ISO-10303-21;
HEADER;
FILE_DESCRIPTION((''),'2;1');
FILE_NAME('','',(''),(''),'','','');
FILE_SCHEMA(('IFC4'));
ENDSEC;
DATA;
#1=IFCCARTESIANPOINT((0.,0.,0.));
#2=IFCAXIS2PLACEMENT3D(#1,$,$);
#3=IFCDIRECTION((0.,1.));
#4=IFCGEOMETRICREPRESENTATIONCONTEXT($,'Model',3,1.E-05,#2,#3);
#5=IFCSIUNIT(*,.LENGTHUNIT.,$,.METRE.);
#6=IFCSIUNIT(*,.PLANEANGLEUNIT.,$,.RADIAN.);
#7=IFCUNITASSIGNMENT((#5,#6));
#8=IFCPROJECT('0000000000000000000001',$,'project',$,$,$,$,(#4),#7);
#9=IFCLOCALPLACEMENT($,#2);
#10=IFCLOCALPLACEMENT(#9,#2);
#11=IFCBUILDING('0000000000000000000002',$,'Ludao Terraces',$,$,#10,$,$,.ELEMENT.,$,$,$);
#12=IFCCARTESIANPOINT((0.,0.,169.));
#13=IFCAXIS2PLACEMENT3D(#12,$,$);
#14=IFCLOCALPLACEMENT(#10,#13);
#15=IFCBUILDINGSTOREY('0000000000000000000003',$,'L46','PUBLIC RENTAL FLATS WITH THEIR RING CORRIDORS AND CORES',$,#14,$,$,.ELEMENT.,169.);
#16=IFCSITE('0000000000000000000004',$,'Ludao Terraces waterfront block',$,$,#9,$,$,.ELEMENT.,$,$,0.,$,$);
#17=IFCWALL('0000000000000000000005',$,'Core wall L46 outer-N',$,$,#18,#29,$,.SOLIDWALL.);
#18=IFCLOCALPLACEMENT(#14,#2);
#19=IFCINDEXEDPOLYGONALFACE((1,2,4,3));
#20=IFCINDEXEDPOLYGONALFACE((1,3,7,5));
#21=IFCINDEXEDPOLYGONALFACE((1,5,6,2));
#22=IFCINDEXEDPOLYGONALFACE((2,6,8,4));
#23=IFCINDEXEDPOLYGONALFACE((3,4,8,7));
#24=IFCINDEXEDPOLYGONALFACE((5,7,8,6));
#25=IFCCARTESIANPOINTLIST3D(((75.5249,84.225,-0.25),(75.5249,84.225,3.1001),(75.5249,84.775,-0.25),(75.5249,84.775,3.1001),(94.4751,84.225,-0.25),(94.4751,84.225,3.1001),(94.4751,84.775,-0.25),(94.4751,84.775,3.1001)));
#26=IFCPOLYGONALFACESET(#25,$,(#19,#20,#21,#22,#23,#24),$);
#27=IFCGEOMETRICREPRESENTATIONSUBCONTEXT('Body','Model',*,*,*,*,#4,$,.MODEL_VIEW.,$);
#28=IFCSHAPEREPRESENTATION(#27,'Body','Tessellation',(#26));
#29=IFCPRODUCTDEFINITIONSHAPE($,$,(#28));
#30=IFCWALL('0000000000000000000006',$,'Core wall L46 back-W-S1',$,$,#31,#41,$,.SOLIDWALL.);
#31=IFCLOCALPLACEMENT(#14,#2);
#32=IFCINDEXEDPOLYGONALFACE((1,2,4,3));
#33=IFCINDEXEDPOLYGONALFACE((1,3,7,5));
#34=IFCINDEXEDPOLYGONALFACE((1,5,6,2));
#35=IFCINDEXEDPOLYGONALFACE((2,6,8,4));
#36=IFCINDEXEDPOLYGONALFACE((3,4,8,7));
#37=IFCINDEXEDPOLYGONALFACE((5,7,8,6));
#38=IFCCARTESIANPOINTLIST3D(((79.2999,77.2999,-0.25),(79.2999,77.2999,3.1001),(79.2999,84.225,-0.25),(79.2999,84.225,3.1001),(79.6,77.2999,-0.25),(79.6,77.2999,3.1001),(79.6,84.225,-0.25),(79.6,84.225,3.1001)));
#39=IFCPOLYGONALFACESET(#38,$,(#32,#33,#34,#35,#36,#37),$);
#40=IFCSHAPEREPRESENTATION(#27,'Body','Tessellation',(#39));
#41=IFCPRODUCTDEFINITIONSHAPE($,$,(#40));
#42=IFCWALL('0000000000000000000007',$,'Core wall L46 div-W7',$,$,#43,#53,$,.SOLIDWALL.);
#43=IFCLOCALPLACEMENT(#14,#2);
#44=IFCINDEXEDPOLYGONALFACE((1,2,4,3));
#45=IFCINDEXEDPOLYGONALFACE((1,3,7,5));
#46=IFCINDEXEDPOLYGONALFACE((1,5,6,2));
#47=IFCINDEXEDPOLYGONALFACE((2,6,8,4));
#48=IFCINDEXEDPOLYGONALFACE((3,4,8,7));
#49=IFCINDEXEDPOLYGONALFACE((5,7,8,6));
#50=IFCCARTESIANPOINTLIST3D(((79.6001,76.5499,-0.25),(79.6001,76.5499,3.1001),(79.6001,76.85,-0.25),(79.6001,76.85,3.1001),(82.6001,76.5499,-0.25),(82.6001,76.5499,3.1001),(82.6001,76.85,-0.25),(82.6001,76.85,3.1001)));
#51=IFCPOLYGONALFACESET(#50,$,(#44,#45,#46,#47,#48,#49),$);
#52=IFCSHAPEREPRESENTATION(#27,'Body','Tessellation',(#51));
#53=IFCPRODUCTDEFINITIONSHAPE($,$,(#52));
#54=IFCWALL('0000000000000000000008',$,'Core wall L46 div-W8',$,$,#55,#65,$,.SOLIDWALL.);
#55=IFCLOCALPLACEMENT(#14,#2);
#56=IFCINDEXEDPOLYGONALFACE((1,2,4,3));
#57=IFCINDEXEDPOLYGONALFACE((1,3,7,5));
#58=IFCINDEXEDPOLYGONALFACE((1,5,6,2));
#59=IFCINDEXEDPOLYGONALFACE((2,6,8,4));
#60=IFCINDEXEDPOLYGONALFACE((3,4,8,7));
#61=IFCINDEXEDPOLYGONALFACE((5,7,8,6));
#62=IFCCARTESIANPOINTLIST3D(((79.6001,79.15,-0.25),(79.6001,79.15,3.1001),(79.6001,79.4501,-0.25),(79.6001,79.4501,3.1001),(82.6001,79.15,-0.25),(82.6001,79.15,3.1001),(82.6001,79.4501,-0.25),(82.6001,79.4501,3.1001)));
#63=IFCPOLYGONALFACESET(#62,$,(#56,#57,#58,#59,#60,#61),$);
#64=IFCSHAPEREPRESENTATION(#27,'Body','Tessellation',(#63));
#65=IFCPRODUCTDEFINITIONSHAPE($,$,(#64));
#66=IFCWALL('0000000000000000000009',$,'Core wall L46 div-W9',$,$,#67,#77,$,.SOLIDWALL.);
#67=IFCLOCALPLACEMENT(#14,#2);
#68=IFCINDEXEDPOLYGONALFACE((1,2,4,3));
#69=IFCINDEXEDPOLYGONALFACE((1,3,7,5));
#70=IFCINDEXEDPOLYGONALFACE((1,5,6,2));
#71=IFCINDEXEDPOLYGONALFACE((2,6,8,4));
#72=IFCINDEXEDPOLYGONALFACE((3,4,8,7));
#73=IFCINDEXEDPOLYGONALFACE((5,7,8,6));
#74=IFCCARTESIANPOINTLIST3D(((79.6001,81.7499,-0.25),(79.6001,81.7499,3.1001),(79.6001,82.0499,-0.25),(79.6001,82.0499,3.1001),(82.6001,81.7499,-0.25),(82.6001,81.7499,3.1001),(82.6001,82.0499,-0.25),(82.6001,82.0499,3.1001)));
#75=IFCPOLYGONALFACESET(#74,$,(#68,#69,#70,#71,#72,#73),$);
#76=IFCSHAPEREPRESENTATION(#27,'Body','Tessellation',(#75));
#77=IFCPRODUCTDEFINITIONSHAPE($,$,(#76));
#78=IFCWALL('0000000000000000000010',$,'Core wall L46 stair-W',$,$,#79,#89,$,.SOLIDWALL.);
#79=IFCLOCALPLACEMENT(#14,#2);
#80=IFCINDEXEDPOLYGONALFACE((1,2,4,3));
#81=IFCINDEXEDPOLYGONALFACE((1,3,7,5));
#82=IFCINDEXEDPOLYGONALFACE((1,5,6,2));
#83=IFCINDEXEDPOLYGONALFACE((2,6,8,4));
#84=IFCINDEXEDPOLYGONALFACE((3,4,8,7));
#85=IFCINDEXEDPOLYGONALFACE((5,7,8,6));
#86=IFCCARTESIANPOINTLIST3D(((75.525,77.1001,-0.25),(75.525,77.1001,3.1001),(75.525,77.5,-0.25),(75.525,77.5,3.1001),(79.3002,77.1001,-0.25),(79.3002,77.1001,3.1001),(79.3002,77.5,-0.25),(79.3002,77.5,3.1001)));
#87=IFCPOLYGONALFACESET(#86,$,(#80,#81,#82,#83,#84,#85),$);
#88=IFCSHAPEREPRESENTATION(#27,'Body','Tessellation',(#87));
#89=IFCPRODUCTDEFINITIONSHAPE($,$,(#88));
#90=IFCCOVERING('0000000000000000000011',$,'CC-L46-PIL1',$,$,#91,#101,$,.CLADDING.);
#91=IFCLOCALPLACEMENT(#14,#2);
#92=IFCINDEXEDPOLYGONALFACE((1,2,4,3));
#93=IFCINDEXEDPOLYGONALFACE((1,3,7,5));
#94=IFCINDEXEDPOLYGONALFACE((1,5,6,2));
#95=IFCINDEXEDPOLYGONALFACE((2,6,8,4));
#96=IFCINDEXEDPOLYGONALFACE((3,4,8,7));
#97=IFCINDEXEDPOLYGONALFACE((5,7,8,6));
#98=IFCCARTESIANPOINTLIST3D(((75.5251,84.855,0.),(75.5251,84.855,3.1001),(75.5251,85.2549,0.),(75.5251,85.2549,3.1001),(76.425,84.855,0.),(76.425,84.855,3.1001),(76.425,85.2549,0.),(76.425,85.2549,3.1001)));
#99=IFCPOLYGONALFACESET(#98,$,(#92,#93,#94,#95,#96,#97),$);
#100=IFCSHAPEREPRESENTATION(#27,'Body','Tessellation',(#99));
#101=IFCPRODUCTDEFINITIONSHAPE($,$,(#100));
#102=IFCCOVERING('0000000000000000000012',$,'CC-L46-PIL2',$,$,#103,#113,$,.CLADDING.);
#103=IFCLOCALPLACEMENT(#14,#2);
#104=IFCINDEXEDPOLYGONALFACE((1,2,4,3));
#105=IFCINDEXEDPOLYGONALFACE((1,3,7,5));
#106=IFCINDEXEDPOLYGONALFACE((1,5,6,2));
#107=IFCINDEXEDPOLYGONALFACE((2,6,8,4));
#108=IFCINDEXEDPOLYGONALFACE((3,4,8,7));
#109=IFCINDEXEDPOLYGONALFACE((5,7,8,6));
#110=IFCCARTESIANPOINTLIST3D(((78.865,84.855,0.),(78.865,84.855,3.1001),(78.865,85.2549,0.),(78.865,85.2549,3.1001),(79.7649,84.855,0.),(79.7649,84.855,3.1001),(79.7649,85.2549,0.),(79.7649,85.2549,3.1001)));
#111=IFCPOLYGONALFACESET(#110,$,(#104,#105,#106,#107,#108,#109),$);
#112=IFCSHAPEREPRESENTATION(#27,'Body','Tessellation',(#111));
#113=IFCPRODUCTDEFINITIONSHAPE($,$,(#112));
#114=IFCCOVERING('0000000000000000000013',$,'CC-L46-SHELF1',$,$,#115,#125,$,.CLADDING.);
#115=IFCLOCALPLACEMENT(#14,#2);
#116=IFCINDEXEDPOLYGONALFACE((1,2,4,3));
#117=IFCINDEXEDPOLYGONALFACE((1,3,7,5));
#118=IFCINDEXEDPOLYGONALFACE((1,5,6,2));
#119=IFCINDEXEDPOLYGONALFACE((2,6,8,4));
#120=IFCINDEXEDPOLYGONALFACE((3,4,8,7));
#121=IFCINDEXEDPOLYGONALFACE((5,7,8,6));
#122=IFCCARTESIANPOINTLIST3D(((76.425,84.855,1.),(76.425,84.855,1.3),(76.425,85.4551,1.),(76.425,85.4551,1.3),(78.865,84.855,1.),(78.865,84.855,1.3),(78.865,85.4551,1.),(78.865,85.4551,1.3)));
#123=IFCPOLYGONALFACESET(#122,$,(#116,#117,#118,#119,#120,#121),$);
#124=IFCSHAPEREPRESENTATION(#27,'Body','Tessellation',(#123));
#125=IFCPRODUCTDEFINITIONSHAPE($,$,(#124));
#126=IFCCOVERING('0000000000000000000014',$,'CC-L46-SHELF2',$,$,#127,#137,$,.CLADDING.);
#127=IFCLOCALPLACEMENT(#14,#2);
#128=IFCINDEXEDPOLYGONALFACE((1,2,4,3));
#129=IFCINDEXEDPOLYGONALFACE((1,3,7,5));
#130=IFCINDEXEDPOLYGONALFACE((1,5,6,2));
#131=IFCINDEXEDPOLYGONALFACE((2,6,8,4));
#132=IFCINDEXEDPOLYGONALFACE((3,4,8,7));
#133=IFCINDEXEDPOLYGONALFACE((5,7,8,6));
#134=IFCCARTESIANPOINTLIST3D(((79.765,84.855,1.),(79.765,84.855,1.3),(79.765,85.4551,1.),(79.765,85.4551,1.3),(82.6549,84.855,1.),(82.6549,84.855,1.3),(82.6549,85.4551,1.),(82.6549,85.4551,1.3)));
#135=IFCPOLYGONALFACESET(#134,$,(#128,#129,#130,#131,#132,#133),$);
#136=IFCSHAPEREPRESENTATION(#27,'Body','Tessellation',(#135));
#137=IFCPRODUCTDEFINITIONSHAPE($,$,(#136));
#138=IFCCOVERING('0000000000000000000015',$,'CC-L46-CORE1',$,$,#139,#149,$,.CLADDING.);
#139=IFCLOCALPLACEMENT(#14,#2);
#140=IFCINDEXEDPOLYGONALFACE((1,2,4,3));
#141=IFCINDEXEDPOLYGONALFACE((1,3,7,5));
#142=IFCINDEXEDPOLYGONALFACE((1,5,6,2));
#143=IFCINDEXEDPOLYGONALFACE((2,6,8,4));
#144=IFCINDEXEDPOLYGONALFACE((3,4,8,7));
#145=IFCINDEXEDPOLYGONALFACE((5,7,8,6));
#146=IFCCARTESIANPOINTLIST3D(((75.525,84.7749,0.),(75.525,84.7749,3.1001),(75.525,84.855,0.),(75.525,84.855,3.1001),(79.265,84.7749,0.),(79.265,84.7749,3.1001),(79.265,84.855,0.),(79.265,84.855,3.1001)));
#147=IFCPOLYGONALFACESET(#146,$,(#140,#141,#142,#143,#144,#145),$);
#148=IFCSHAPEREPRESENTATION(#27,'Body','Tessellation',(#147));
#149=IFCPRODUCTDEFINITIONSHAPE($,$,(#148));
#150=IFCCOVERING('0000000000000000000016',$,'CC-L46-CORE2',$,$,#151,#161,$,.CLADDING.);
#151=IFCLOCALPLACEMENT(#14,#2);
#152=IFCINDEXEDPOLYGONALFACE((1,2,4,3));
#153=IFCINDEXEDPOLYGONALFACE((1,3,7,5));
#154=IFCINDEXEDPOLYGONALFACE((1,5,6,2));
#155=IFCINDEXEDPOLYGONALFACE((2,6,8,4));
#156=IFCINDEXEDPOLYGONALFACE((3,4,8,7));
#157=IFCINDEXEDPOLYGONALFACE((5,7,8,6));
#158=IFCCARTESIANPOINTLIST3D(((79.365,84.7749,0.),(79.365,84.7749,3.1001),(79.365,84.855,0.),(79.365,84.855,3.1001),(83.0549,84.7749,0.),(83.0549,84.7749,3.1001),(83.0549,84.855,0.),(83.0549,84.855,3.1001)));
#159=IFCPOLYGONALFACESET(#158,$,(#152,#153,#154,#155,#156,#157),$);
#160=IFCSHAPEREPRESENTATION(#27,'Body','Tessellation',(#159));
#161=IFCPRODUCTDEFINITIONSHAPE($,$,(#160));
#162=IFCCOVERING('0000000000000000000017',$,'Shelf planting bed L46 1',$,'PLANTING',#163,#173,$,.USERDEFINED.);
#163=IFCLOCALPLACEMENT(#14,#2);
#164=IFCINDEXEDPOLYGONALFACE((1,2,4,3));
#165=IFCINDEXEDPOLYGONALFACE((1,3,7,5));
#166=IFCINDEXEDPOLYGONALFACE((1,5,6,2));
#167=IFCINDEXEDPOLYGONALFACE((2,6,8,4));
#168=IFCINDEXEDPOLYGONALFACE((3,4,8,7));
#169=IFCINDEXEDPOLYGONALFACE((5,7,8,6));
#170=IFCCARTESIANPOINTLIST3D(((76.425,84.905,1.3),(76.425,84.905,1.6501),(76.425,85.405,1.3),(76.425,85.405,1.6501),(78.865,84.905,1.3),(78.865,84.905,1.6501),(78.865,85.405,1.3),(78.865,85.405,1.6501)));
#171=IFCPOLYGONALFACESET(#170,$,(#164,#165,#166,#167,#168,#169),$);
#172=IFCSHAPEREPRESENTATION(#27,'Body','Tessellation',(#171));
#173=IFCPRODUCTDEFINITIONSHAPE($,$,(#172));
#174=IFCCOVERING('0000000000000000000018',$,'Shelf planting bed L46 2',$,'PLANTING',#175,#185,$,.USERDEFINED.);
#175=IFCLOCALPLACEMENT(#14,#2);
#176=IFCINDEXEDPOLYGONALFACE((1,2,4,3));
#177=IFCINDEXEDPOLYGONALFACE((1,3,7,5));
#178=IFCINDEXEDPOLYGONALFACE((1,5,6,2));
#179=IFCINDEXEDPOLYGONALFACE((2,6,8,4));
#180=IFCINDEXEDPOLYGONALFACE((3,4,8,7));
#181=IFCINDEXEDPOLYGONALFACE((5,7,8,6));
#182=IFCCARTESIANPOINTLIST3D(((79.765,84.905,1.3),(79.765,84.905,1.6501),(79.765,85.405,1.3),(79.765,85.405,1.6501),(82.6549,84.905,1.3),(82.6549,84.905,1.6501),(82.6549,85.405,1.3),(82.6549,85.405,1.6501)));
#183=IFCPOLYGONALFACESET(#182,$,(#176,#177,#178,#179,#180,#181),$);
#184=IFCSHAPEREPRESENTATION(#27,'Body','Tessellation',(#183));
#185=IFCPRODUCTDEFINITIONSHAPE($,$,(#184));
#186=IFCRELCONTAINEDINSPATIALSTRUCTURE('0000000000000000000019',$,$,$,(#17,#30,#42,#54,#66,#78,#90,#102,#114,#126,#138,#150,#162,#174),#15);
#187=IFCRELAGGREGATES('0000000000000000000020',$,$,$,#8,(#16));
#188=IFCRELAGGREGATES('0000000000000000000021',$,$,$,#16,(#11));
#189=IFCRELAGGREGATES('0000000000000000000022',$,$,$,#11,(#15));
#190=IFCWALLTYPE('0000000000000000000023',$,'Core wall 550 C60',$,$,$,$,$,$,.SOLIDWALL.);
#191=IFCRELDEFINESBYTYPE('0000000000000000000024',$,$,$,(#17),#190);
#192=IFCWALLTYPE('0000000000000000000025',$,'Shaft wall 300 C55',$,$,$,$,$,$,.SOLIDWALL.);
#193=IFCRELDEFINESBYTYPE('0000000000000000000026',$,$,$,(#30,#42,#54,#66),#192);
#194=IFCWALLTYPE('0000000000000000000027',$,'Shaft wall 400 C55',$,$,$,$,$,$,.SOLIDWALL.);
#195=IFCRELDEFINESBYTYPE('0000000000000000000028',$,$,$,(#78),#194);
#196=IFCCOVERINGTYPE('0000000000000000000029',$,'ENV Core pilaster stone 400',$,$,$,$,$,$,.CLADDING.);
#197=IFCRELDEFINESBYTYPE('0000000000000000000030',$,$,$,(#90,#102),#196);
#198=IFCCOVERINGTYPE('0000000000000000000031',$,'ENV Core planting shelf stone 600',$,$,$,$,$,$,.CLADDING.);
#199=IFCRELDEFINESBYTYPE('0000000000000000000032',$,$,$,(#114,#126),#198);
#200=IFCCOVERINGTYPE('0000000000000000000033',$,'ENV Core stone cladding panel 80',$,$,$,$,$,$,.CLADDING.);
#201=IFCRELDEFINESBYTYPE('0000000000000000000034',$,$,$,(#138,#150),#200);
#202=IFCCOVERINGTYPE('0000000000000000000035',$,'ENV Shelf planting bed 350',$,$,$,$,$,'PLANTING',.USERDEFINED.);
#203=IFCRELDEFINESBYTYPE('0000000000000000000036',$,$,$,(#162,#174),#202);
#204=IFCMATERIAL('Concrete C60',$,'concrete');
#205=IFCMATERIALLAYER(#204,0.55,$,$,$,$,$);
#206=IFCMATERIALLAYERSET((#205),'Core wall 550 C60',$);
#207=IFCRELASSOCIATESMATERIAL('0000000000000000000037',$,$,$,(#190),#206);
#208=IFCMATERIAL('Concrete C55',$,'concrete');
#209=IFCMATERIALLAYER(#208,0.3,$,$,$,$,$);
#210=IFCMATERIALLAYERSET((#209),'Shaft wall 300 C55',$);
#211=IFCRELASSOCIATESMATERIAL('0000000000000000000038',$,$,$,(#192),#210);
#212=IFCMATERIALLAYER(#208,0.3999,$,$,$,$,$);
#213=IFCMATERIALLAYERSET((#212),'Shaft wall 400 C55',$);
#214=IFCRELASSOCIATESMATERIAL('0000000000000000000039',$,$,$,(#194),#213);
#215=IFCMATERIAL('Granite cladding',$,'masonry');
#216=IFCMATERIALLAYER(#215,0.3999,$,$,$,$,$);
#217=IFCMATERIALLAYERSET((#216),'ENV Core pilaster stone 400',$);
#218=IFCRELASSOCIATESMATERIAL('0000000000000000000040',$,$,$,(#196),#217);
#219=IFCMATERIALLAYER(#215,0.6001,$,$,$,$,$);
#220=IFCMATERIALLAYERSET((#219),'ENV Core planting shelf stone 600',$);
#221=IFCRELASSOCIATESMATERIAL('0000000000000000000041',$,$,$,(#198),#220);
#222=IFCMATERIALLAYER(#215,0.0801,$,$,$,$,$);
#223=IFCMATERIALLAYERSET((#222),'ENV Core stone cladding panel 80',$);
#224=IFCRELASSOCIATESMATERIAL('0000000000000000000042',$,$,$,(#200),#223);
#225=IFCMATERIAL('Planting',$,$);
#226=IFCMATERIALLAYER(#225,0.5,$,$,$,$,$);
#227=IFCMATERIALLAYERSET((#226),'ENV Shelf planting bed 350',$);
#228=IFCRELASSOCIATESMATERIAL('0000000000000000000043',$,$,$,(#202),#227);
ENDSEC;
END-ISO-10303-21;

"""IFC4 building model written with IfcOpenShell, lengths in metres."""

from ifc_helpers import new_model, si_unit, direction, frame, frame_2d, origin, origin_2d, place, context, subcontext, project, spatial, rectangle, extrude, material, layer, layer_set, type_object, element, save


model = new_model("IFC4")

# Units and contexts
model_context = context("Model", 3, precision=1e-05, world=origin(), true_north=direction((0.0, 1.0)))
body_context = subcontext(model_context, "Body", "Model", "MODEL_VIEW")
ifc_project = project(units=[si_unit("LENGTHUNIT", "METRE"), si_unit("PLANEANGLEUNIT", "RADIAN")], contexts=[model_context])

# Site, building, storey
site_placement = place(None, origin())
site = spatial("IfcSite", under=ifc_project, at=site_placement, Name="Ludao Terraces waterfront block", CompositionType="ELEMENT", RefElevation=0.0)
building_placement = place(site_placement, origin())
building = spatial("IfcBuilding", under=site, at=building_placement, Name="Ludao Terraces", CompositionType="ELEMENT")
storey_placement = place(building_placement, frame((0.0, 0.0, 169.0)))
storey = spatial("IfcBuildingStorey", under=building, at=storey_placement, Name="L46", Description="PUBLIC RENTAL FLATS WITH THEIR RING CORRIDORS AND CORES", CompositionType="ELEMENT", Elevation=169.0)

# Walls
ifc_material_1 = material(Name="Concrete C60", Category="concrete")
ifc_layer_1 = layer(ifc_material_1, 0.55)
ifc_layer_set_1 = layer_set([ifc_layer_1], Name="Core wall 550 C60")
wall_type_1 = type_object("IfcWallType", Name="Core wall 550 C60", PredefinedType="SOLIDWALL", material=ifc_layer_set_1)
wall_1_placement = place(storey_placement, frame((75.5249, 84.5, -0.25), z_axis=(0.0, 0.0, 1.0), x_axis=(1.0, 0.0, 0.0)))
element("IfcWall", 1, at=wall_1_placement, inside=storey, type_object=wall_type_1, Name="Core wall L46 outer-N", PredefinedType="SOLIDWALL", context=body_context, shape_type="SweptSolid", body=[
    extrude(rectangle(XDim=18.9502, YDim=0.55, at=frame_2d((9.4751, 0.0))), origin(), (0.0, 0.0, 1.0), 3.3501),
])
ifc_material_2 = material(Name="Concrete C55", Category="concrete")
ifc_layer_2 = layer(ifc_material_2, 0.3)
ifc_layer_set_2 = layer_set([ifc_layer_2], Name="Shaft wall 300 C55")
wall_type_2 = type_object("IfcWallType", Name="Shaft wall 300 C55", PredefinedType="SOLIDWALL", material=ifc_layer_set_2)
wall_2_placement = place(storey_placement, frame((79.45, 77.3, -0.25), z_axis=(0.0, 0.0, 1.0), x_axis=(0.0, 1.0, 0.0)))
element("IfcWall", 2, at=wall_2_placement, inside=storey, type_object=wall_type_2, Name="Core wall L46 back-W-S1", PredefinedType="SOLIDWALL", context=body_context, shape_type="SweptSolid", body=[
    extrude(rectangle(XDim=6.925, YDim=0.3, at=frame_2d((3.4624, 0.0))), origin(), (0.0, 0.0, 1.0), 3.3501),
])
for number, where, z_axis, x_axis, name in (
    (3, (79.6001, 76.7, -0.25), (0.0, 0.0, 1.0), (1.0, 0.0, 0.0), "Core wall L46 div-W7"),
    (4, (79.6001, 79.3, -0.25), (0.0, 0.0, 1.0), (1.0, 0.0, 0.0), "Core wall L46 div-W8"),
    (5, (79.6001, 81.8999, -0.25), (0.0, 0.0, 1.0), (1.0, 0.0, 0.0), "Core wall L46 div-W9"),
):
    element("IfcWall", number, at=place(storey_placement, frame(where, z_axis=z_axis, x_axis=x_axis)), inside=storey, type_object=wall_type_2, Name=name, PredefinedType="SOLIDWALL", context=body_context, shape_type="SweptSolid", body=[
        extrude(rectangle(XDim=3.0, YDim=0.3, at=frame_2d((1.5, 0.0))), origin(), (0.0, 0.0, 1.0), 3.3501),
    ])
ifc_layer_3 = layer(ifc_material_2, 0.3999)
ifc_layer_set_3 = layer_set([ifc_layer_3], Name="Shaft wall 400 C55")
wall_type_3 = type_object("IfcWallType", Name="Shaft wall 400 C55", PredefinedType="SOLIDWALL", material=ifc_layer_set_3)
wall_3_placement = place(storey_placement, frame((75.5249, 77.3, -0.25), z_axis=(0.0, 0.0, 1.0), x_axis=(1.0, 0.0, 0.0)))
element("IfcWall", 6, at=wall_3_placement, inside=storey, type_object=wall_type_3, Name="Core wall L46 stair-W", PredefinedType="SOLIDWALL", context=body_context, shape_type="SweptSolid", body=[
    extrude(rectangle(XDim=3.7751, YDim=0.3999, at=frame_2d((1.8877, 0.0))), origin(), (0.0, 0.0, 1.0), 3.3501),
])

# Coverings
ifc_material_3 = material(Name="Granite cladding", Category="masonry")
ifc_layer_4 = layer(ifc_material_3, 0.3999)
ifc_layer_set_4 = layer_set([ifc_layer_4], Name="ENV Core pilaster stone 400")
covering_type_1 = type_object("IfcCoveringType", Name="ENV Core pilaster stone 400", PredefinedType="CLADDING", material=ifc_layer_set_4)
for number, where, z_axis, x_axis, name in (
    (7, (75.9751, 85.0549, 0.0), (0.0, 0.0, 1.0), (1.0, 0.0, 0.0), "CC-L46-PIL1"),
    (8, (79.3149, 85.0549, 0.0), (0.0, 0.0, 1.0), (1.0, 0.0, 0.0), "CC-L46-PIL2"),
):
    element("IfcCovering", number, at=place(storey_placement, frame(where, z_axis=z_axis, x_axis=x_axis)), inside=storey, type_object=covering_type_1, Name=name, PredefinedType="CLADDING", context=body_context, shape_type="SweptSolid", body=[
        extrude(rectangle(XDim=0.8999, YDim=0.3999, at=origin_2d()), origin(), (0.0, 0.0, 1.0), 3.1001),
    ])
ifc_layer_5 = layer(ifc_material_3, 0.6001)
ifc_layer_set_5 = layer_set([ifc_layer_5], Name="ENV Core planting shelf stone 600")
covering_type_2 = type_object("IfcCoveringType", Name="ENV Core planting shelf stone 600", PredefinedType="CLADDING", material=ifc_layer_set_5)
covering_1_placement = place(storey_placement, frame((77.645, 85.155, 1.0), z_axis=(0.0, 0.0, 1.0), x_axis=(1.0, 0.0, 0.0)))
element("IfcCovering", 9, at=covering_1_placement, inside=storey, type_object=covering_type_2, Name="CC-L46-SHELF1", PredefinedType="CLADDING", context=body_context, shape_type="SweptSolid", body=[
    extrude(rectangle(XDim=2.4399, YDim=0.6001, at=origin_2d()), origin(), (0.0, 0.0, 1.0), 0.3),
])
covering_2_placement = place(storey_placement, frame((81.21, 85.155, 1.0), z_axis=(0.0, 0.0, 1.0), x_axis=(1.0, 0.0, 0.0)))
element("IfcCovering", 10, at=covering_2_placement, inside=storey, type_object=covering_type_2, Name="CC-L46-SHELF2", PredefinedType="CLADDING", context=body_context, shape_type="SweptSolid", body=[
    extrude(rectangle(XDim=2.8899, YDim=0.6001, at=origin_2d()), origin(), (0.0, 0.0, 1.0), 0.3),
])
ifc_layer_6 = layer(ifc_material_3, 0.0801)
ifc_layer_set_6 = layer_set([ifc_layer_6], Name="ENV Core stone cladding panel 80")
covering_type_3 = type_object("IfcCoveringType", Name="ENV Core stone cladding panel 80", PredefinedType="CLADDING", material=ifc_layer_set_6)
covering_3_placement = place(storey_placement, frame((77.395, 84.8149, 0.0), z_axis=(0.0, 0.0, 1.0), x_axis=(1.0, 0.0, 0.0)))
element("IfcCovering", 11, at=covering_3_placement, inside=storey, type_object=covering_type_3, Name="CC-L46-CORE1", PredefinedType="CLADDING", context=body_context, shape_type="SweptSolid", body=[
    extrude(rectangle(XDim=3.74, YDim=0.0801, at=origin_2d()), origin(), (0.0, 0.0, 1.0), 3.1001),
])
covering_4_placement = place(storey_placement, frame((81.21, 84.8149, 0.0), z_axis=(0.0, 0.0, 1.0), x_axis=(1.0, 0.0, 0.0)))
element("IfcCovering", 12, at=covering_4_placement, inside=storey, type_object=covering_type_3, Name="CC-L46-CORE2", PredefinedType="CLADDING", context=body_context, shape_type="SweptSolid", body=[
    extrude(rectangle(XDim=3.6899, YDim=0.0801, at=origin_2d()), origin(), (0.0, 0.0, 1.0), 3.1001),
])
ifc_material_4 = material(Name="Planting")
ifc_layer_7 = layer(ifc_material_4, 0.5)
ifc_layer_set_7 = layer_set([ifc_layer_7], Name="ENV Shelf planting bed 350")
covering_type_4 = type_object("IfcCoveringType", Name="ENV Shelf planting bed 350", ElementType="PLANTING", PredefinedType="USERDEFINED", material=ifc_layer_set_7)
covering_5_placement = place(storey_placement, frame((77.645, 85.155, 1.3), z_axis=(0.0, 0.0, 1.0), x_axis=(1.0, 0.0, 0.0)))
element("IfcCovering", 13, at=covering_5_placement, inside=storey, type_object=covering_type_4, Name="Shelf planting bed L46 1", ObjectType="PLANTING", PredefinedType="USERDEFINED", context=body_context, shape_type="SweptSolid", body=[
    extrude(rectangle(XDim=2.4399, YDim=0.5, at=origin_2d()), origin(), (0.0, 0.0, 1.0), 0.3501),
])
covering_6_placement = place(storey_placement, frame((81.21, 85.155, 1.3), z_axis=(0.0, 0.0, 1.0), x_axis=(1.0, 0.0, 0.0)))
element("IfcCovering", 14, at=covering_6_placement, inside=storey, type_object=covering_type_4, Name="Shelf planting bed L46 2", ObjectType="PLANTING", PredefinedType="USERDEFINED", context=body_context, shape_type="SweptSolid", body=[
    extrude(rectangle(XDim=2.8899, YDim=0.5, at=origin_2d()), origin(), (0.0, 0.0, 1.0), 0.3501),
])

save(model, "model.ifc")
